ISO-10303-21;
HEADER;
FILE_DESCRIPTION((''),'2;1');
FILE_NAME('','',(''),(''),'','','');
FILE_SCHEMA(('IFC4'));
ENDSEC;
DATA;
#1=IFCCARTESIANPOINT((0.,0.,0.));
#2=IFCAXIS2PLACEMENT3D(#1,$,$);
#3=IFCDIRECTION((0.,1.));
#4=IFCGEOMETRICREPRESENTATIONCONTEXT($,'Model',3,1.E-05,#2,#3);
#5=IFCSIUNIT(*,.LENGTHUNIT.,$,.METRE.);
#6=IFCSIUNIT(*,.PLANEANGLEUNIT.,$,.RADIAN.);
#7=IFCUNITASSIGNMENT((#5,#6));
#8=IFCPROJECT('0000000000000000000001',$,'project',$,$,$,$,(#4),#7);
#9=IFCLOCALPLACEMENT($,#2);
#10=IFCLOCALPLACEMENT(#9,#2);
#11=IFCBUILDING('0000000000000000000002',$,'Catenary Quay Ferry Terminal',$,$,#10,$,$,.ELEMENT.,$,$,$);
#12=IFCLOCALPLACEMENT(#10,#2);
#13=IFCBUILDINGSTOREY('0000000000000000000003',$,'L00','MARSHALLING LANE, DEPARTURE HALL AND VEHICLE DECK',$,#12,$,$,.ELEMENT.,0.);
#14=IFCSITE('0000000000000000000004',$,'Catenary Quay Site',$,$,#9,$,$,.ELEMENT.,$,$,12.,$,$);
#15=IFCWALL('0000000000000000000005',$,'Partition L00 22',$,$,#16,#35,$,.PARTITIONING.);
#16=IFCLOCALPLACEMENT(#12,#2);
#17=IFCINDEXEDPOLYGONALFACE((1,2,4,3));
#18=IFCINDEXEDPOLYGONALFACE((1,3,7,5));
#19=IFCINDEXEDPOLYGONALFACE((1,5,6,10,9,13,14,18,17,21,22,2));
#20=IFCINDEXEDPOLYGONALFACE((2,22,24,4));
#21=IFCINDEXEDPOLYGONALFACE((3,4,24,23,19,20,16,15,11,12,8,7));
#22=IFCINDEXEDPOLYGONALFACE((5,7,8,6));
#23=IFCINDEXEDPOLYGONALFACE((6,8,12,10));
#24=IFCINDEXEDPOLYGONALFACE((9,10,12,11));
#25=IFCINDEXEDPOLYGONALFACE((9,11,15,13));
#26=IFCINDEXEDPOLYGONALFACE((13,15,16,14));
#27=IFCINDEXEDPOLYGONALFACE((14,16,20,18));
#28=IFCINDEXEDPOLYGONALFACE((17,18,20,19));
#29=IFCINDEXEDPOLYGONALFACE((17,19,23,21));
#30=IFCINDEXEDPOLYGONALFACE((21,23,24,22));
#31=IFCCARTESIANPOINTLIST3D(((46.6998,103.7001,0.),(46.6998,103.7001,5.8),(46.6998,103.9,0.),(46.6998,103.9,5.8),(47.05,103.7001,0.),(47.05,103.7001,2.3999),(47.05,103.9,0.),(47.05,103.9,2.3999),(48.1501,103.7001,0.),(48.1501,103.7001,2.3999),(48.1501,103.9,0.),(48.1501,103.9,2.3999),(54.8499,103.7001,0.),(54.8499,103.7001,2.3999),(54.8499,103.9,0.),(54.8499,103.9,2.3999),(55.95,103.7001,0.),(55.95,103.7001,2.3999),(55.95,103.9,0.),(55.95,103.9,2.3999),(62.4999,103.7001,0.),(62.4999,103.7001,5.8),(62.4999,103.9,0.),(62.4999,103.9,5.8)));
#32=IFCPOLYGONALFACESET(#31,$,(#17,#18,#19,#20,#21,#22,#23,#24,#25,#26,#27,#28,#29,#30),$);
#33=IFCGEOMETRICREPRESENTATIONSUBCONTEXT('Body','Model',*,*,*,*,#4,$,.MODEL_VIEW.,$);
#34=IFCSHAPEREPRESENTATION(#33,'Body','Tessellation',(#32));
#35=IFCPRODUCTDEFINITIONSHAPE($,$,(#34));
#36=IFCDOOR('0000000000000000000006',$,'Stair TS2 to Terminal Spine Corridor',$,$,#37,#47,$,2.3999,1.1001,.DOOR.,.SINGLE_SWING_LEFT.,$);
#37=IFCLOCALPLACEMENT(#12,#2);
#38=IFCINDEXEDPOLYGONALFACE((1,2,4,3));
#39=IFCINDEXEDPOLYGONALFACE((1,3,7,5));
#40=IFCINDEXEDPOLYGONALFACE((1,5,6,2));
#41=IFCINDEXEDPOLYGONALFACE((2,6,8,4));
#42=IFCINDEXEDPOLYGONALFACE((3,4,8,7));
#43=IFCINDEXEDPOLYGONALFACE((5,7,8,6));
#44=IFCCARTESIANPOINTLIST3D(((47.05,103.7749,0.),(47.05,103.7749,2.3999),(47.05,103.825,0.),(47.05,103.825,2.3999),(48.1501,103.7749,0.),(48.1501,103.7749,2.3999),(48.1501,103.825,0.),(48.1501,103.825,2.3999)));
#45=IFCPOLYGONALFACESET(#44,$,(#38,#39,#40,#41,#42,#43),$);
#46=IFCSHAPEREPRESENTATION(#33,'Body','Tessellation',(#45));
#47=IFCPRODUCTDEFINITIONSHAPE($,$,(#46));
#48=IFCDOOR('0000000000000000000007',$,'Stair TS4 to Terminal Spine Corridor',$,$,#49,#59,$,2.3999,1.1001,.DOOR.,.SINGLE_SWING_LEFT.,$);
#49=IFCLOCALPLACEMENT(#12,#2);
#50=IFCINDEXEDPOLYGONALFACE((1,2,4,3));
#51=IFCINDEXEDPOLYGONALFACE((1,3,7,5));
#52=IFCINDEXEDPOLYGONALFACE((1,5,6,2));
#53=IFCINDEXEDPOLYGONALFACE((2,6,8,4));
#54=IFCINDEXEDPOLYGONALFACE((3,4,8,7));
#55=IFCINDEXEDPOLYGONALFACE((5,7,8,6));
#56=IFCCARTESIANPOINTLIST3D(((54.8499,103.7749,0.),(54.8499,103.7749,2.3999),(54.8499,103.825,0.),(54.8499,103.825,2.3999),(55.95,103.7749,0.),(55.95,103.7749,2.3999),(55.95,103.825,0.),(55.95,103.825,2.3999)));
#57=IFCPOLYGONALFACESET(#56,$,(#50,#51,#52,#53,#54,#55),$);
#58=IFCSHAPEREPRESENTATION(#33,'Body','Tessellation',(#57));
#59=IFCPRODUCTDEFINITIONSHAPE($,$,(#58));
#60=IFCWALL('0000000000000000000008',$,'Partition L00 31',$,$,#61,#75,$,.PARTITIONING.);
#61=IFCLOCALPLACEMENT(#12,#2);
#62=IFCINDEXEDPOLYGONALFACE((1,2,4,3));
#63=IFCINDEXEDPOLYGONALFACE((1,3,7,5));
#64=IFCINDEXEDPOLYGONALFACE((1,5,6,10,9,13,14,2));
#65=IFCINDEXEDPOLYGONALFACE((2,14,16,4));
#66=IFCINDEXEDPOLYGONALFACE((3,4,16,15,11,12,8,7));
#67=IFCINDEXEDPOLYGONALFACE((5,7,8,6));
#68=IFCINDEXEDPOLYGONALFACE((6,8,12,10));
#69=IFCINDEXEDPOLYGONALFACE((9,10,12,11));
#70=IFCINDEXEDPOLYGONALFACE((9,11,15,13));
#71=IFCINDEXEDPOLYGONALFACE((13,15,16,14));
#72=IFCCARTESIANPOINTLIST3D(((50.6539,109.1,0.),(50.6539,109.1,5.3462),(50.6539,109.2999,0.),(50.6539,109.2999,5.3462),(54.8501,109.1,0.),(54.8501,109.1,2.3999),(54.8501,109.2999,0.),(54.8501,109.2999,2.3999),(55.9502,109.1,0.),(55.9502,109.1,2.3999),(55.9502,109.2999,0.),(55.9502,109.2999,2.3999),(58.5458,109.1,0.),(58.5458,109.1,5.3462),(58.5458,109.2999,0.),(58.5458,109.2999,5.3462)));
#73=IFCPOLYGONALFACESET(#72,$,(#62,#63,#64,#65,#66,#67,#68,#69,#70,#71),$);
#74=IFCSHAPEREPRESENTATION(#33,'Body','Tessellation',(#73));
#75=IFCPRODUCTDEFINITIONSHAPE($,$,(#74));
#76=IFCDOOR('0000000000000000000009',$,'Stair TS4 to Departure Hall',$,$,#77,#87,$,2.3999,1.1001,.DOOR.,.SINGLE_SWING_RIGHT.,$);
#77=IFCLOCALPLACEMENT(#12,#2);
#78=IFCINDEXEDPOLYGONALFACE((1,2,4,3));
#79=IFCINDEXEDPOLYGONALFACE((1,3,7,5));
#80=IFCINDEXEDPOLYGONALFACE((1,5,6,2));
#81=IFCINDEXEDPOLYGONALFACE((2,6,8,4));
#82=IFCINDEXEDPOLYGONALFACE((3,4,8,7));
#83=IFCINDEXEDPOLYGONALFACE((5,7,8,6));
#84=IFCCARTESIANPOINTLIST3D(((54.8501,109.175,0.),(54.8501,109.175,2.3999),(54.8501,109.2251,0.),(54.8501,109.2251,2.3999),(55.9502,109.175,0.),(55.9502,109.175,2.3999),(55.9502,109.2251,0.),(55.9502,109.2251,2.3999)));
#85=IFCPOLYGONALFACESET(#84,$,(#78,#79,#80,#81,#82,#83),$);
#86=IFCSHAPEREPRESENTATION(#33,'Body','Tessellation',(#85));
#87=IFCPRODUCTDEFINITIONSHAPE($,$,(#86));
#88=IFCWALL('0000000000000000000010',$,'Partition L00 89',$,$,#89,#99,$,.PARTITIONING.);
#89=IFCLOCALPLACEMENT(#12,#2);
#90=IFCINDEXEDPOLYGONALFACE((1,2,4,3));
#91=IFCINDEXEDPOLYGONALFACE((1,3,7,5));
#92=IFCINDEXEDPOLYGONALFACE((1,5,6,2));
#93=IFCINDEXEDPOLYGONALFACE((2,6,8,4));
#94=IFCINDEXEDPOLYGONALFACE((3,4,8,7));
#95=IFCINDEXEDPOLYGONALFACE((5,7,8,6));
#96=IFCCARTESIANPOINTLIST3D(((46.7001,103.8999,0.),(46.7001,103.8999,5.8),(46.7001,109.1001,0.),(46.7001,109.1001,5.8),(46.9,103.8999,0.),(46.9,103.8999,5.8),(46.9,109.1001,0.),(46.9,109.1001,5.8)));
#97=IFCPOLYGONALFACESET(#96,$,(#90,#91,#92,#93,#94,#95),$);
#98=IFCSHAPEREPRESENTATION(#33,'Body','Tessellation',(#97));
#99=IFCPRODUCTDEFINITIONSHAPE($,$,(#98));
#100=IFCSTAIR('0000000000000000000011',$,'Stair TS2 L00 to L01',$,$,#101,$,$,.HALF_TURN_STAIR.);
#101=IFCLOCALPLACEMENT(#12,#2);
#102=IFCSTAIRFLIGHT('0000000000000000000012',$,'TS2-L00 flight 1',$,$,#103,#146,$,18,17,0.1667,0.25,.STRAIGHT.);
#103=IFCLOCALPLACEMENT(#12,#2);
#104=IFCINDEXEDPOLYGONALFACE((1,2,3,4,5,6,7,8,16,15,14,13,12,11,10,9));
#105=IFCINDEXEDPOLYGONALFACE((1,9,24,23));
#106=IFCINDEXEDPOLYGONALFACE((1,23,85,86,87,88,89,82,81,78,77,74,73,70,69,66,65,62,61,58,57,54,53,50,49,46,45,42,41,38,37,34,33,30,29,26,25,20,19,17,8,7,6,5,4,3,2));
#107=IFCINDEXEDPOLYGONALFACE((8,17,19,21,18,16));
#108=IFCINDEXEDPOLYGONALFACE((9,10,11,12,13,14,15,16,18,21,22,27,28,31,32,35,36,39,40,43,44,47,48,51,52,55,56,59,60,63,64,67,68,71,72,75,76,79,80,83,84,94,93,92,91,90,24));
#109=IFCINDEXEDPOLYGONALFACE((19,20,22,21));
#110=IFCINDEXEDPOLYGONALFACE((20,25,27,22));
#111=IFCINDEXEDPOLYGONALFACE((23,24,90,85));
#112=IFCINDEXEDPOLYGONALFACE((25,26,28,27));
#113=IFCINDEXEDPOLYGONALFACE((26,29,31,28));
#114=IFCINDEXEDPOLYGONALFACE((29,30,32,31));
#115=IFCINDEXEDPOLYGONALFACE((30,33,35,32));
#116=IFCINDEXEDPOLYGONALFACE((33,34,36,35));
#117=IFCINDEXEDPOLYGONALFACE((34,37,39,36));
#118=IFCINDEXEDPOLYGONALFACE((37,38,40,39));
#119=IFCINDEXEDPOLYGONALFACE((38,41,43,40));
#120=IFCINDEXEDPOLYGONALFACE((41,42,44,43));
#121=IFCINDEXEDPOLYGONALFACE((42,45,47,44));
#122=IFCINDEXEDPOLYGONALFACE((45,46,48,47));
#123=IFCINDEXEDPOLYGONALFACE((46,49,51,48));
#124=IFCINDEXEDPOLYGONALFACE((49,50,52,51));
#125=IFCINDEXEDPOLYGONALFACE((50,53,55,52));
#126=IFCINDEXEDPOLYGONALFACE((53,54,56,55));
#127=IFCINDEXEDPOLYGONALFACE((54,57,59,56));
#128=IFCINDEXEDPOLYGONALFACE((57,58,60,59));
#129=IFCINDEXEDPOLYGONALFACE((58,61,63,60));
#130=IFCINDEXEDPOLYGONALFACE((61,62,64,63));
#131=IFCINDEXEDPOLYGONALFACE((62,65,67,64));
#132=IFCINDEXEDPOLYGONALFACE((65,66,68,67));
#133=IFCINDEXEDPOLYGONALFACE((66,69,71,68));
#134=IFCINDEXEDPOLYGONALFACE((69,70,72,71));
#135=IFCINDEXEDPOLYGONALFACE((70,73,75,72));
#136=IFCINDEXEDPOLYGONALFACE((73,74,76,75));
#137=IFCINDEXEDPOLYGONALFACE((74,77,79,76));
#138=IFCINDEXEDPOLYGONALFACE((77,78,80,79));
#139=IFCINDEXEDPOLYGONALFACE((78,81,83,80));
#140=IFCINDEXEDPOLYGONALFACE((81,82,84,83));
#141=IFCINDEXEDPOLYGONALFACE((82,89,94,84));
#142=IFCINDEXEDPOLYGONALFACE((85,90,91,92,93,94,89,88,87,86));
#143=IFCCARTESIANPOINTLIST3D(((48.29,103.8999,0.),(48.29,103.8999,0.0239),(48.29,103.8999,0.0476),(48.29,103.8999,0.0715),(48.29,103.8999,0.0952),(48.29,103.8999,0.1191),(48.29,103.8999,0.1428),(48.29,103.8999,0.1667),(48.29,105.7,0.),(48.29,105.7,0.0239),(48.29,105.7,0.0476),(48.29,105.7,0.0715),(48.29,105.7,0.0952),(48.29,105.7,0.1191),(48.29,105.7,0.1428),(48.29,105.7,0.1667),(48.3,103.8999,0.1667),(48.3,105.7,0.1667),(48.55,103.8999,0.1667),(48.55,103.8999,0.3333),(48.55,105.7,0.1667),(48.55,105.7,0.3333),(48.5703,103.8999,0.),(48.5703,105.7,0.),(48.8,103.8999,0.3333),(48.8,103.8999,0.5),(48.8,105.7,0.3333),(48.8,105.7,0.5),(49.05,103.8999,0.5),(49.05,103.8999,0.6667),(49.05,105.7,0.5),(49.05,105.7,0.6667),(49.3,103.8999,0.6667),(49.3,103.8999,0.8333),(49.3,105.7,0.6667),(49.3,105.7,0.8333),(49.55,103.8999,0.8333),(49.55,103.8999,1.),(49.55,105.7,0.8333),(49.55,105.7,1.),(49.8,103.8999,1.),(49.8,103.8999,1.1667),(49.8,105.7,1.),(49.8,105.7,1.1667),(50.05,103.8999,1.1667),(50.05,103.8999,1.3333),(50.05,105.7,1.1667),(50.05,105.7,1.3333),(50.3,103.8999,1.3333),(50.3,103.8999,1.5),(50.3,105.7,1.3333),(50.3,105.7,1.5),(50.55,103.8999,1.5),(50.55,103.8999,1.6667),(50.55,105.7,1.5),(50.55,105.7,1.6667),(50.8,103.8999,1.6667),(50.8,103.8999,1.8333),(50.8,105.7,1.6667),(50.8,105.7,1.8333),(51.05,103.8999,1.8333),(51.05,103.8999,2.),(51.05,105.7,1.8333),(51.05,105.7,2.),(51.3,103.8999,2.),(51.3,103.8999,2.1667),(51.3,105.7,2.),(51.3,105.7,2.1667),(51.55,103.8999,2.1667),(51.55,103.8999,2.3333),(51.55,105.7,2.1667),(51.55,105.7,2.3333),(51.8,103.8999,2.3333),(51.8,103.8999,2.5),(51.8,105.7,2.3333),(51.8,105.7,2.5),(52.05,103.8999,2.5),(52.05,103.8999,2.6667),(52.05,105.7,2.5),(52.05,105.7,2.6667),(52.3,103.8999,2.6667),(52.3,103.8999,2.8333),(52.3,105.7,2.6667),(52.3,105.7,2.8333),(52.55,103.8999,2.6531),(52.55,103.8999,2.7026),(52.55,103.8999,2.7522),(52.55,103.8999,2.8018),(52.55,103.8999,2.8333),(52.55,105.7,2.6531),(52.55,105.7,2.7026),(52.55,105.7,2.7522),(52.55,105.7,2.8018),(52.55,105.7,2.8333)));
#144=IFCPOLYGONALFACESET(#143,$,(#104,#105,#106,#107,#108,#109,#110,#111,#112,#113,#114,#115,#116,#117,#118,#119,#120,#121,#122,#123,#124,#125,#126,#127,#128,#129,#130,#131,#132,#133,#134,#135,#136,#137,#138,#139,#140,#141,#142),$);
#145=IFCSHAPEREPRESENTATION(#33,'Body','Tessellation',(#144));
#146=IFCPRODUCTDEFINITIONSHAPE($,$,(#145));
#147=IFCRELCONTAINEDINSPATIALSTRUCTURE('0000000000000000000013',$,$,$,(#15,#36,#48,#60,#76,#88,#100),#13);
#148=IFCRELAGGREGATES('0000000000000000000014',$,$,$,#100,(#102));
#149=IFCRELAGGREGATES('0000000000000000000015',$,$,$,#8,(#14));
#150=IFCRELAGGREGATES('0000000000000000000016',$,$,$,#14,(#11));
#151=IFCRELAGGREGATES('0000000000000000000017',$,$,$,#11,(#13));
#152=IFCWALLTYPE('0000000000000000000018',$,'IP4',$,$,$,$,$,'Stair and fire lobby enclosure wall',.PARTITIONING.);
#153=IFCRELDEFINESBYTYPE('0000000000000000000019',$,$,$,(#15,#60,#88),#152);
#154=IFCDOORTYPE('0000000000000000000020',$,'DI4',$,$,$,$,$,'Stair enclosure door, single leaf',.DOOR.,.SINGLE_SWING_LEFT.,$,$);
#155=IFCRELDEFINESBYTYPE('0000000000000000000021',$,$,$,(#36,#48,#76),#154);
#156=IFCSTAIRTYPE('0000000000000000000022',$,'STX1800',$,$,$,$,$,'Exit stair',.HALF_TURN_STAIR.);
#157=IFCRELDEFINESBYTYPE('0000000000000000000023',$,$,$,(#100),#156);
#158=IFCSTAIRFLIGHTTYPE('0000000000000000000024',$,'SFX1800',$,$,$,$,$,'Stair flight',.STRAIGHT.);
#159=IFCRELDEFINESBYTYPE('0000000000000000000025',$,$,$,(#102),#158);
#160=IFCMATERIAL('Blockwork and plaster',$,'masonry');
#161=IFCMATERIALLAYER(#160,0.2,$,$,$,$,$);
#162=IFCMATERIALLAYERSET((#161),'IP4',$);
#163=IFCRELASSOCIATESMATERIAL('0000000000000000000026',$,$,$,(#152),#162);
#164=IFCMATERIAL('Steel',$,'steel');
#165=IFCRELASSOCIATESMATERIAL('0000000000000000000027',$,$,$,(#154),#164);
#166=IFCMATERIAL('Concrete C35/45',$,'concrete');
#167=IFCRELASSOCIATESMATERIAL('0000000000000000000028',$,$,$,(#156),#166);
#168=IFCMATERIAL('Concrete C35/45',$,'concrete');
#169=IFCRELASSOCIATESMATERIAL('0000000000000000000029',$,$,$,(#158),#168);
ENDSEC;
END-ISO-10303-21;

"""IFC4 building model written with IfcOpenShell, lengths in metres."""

from ifc_helpers import new_model, si_unit, direction, frame, frame_2d, origin, place, context, subcontext, project, spatial, polyline, rectangle, outline, extrude, material, layer, layer_set, type_object, element, fill, aggregate, save


model = new_model("IFC4")

# Units and contexts
model_context = context("Model", 3, precision=1e-05, world=origin(), true_north=direction((0.0, 1.0)))
body_context = subcontext(model_context, "Body", "Model", "MODEL_VIEW")
ifc_project = project(units=[si_unit("LENGTHUNIT", "METRE"), si_unit("PLANEANGLEUNIT", "RADIAN")], contexts=[model_context])

# Site, building, storey
site_placement = place(None, origin())
site = spatial("IfcSite", under=ifc_project, at=site_placement, Name="Catenary Quay Site", CompositionType="ELEMENT", RefElevation=12.0)
building_placement = place(site_placement, origin())
building = spatial("IfcBuilding", under=site, at=building_placement, Name="Catenary Quay Ferry Terminal", CompositionType="ELEMENT")
storey_placement = place(building_placement, origin())
storey = spatial("IfcBuildingStorey", under=building, at=storey_placement, Name="L00", Description="MARSHALLING LANE, DEPARTURE HALL AND VEHICLE DECK", CompositionType="ELEMENT", Elevation=0.0)

# Wall, openings, doors
ifc_material_1 = material(Name="Blockwork and plaster", Category="masonry")
ifc_layer_1 = layer(ifc_material_1, 0.2)
ifc_layer_set_1 = layer_set([ifc_layer_1], Name="IP4")
wall_type_1 = type_object("IfcWallType", Name="IP4", ElementType="Stair and fire lobby enclosure wall", PredefinedType="PARTITIONING", material=ifc_layer_set_1)
wall_1_placement = place(storey_placement, frame((46.7, 103.8, 0.0), z_axis=(0.0, 0.0, 1.0), x_axis=(1.0, 0.0, 0.0)))
wall_1 = element("IfcWall", 1, at=wall_1_placement, inside=storey, type_object=wall_type_1, Name="Partition L00 22", PredefinedType="PARTITIONING", context=body_context, shape_type="SweptSolid", body=[
    extrude(rectangle(XDim=15.8, YDim=0.2, at=frame_2d((7.8999, 0.0))), origin(), (0.0, 0.0, 1.0), 5.8),
])
opening_1_placement = place(wall_1_placement, frame((0.3501, 0.0, 0.0)))
opening_1 = element("IfcOpeningElement", 2, at=opening_1_placement, cuts=wall_1, PredefinedType="OPENING", context=body_context, shape_type="SweptSolid", body=[
    extrude(rectangle(XDim=1.1001, YDim=2.3999, at=frame_2d((0.55, 1.2))), frame((0.0, 0.1099, 0.0), z_axis=(0.0, -1.0, 0.0), x_axis=(1.0, 0.0, 0.0)), (0.0, 0.0, 1.0), 0.22),
])
opening_2_placement = place(wall_1_placement, frame((8.1499, 0.0, 0.0)))
opening_2 = element("IfcOpeningElement", 3, at=opening_2_placement, cuts=wall_1, PredefinedType="OPENING", context=body_context, shape_type="SweptSolid", body=[
    extrude(rectangle(XDim=1.1001, YDim=2.3999, at=frame_2d((0.55, 1.2))), frame((0.0, 0.1099, 0.0), z_axis=(0.0, -1.0, 0.0), x_axis=(1.0, 0.0, 0.0)), (0.0, 0.0, 1.0), 0.22),
])
ifc_material_2 = material(Name="Steel", Category="steel")
door_type_1 = type_object("IfcDoorType", Name="DI4", ElementType="Stair enclosure door, single leaf", OperationType="SINGLE_SWING_LEFT", PredefinedType="DOOR", material=ifc_material_2)
door_1_placement = place(opening_1_placement, origin())
door_1 = element("IfcDoor", 4, at=door_1_placement, inside=storey, type_object=door_type_1, Name="Stair TS2 to Terminal Spine Corridor", OperationType="SINGLE_SWING_LEFT", OverallHeight=2.3999, OverallWidth=1.1001, PredefinedType="DOOR", context=body_context, shape_type="SweptSolid", body=[
    extrude(rectangle(XDim=1.1001, YDim=2.3999, at=frame_2d((0.55, 1.2))), frame((0.0, 0.0249, 0.0), z_axis=(0.0, -1.0, 0.0), x_axis=(1.0, 0.0, 0.0)), (0.0, 0.0, 1.0), 0.05),
])
fill(opening_1, door_1)
door_2_placement = place(opening_2_placement, origin())
door_2 = element("IfcDoor", 5, at=door_2_placement, inside=storey, type_object=door_type_1, Name="Stair TS4 to Terminal Spine Corridor", OperationType="SINGLE_SWING_LEFT", OverallHeight=2.3999, OverallWidth=1.1001, PredefinedType="DOOR", context=body_context, shape_type="SweptSolid", body=[
    extrude(rectangle(XDim=1.1001, YDim=2.3999, at=frame_2d((0.55, 1.2))), frame((0.0, 0.0249, 0.0), z_axis=(0.0, -1.0, 0.0), x_axis=(1.0, 0.0, 0.0)), (0.0, 0.0, 1.0), 0.05),
])
fill(opening_2, door_2)

# Wall, opening, door
wall_2_placement = place(storey_placement, frame((50.6541, 109.2, 0.0), z_axis=(0.0, 0.0, 1.0), x_axis=(1.0, 0.0, 0.0)))
wall_2 = element("IfcWall", 6, at=wall_2_placement, inside=storey, type_object=wall_type_1, Name="Partition L00 31", PredefinedType="PARTITIONING", context=body_context, shape_type="SweptSolid", body=[
    extrude(rectangle(XDim=7.8918, YDim=0.2, at=frame_2d((3.9458, 0.0))), origin(), (0.0, 0.0, 1.0), 5.3462),
])
opening_3_placement = place(wall_2_placement, frame((4.196, 0.0, 0.0)))
opening_3 = element("IfcOpeningElement", 7, at=opening_3_placement, cuts=wall_2, PredefinedType="OPENING", context=body_context, shape_type="SweptSolid", body=[
    extrude(rectangle(XDim=1.1001, YDim=2.3999, at=frame_2d((0.55, 1.2))), frame((0.0, 0.1099, 0.0), z_axis=(0.0, -1.0, 0.0), x_axis=(1.0, 0.0, 0.0)), (0.0, 0.0, 1.0), 0.22),
])
door_3_placement = place(opening_3_placement, frame((1.1001, 0.0, 0.0), z_axis=(0.0, 0.0, 1.0), x_axis=(-1.0, 0.0, 0.0)))
door_3 = element("IfcDoor", 8, at=door_3_placement, inside=storey, type_object=door_type_1, Name="Stair TS4 to Departure Hall", OperationType="SINGLE_SWING_RIGHT", OverallHeight=2.3999, OverallWidth=1.1001, PredefinedType="DOOR", context=body_context, shape_type="SweptSolid", body=[
    extrude(rectangle(XDim=1.1001, YDim=2.3999, at=frame_2d((0.55, 1.2))), frame((0.0, 0.0249, 0.0), z_axis=(0.0, -1.0, 0.0), x_axis=(1.0, 0.0, 0.0)), (0.0, 0.0, 1.0), 0.05),
])
fill(opening_3, door_3)

# Wall
wall_3_placement = place(storey_placement, frame((46.8, 103.8999, 0.0), z_axis=(0.0, 0.0, 1.0), x_axis=(0.0, 1.0, 0.0)))
element("IfcWall", 9, at=wall_3_placement, inside=storey, type_object=wall_type_1, Name="Partition L00 89", PredefinedType="PARTITIONING", context=body_context, shape_type="SweptSolid", body=[
    extrude(rectangle(XDim=5.2002, YDim=0.2, at=frame_2d((2.6001, 0.0))), origin(), (0.0, 0.0, 1.0), 5.8),
])

# Stair, stair flight
ifc_material_3 = material(Name="Concrete C35/45", Category="concrete")
stair_type = type_object("IfcStairType", Name="STX1800", ElementType="Exit stair", PredefinedType="HALF_TURN_STAIR", material=ifc_material_3)
stair_placement = place(storey_placement, origin())
stair = element("IfcStair", 10, at=stair_placement, inside=storey, type_object=stair_type, Name="Stair TS2 L00 to L01", PredefinedType="HALF_TURN_STAIR")
ifc_material_4 = material(Name="Concrete C35/45", Category="concrete")
stair_flight_type = type_object("IfcStairFlightType", Name="SFX1800", ElementType="Stair flight", PredefinedType="STRAIGHT", material=ifc_material_4)
stair_flight_placement = place(storey_placement, frame((48.3, 104.8, 0.0), z_axis=(0.0, 0.0, 1.0), x_axis=(1.0, 0.0, 0.0)))
stair_flight = element("IfcStairFlight", 11, at=stair_flight_placement, type_object=stair_flight_type, Name="TS2-L00 flight 1", NumberOfRisers=18, NumberOfTreads=17, PredefinedType="STRAIGHT", RiserHeight=0.1667, TreadLength=0.25, context=body_context, shape_type="SweptSolid", body=[
    extrude(outline(polyline([(-0.01, 0.0), (-0.01, 0.0239), (-0.01, 0.0476), (-0.01, 0.0715), (-0.01, 0.0952), (-0.01, 0.1191), (-0.01, 0.1428), (-0.01, 0.1667), (0.0, 0.1667), (0.25, 0.1667), (0.25, 0.3333), (0.5, 0.3333), (0.5, 0.5), (0.75, 0.5), (0.75, 0.6667), (1.0, 0.6667), (1.0, 0.8333), (1.25, 0.8333), (1.25, 1.0), (1.5, 1.0), (1.5, 1.1667), (1.75, 1.1667), (1.75, 1.3333), (2.0, 1.3333), (2.0, 1.5), (2.25, 1.5), (2.25, 1.6667), (2.5, 1.6667), (2.5, 1.8333), (2.75, 1.8333), (2.75, 2.0), (3.0, 2.0), (3.0, 2.1667), (3.25, 2.1667), (3.25, 2.3333), (3.5, 2.3333), (3.5, 2.5), (3.75, 2.5), (3.75, 2.6667), (4.0, 2.6667), (4.0, 2.8333), (4.25, 2.8333), (4.25, 3.0), (4.25, 2.9504), (4.25, 2.9009), (4.25, 2.8513), (4.25, 2.8018), (4.25, 2.7522), (4.25, 2.7026), (4.25, 2.6531), (0.2703, 0.0), (-0.01, 0.0)])), frame((0.0, 0.8999, 0.0), z_axis=(0.0, -1.0, 0.0), x_axis=(1.0, 0.0, 0.0)), (0.0, 0.0, 1.0), 1.8),
])
aggregate(stair, [stair_flight])

save(model, "model.ifc")
